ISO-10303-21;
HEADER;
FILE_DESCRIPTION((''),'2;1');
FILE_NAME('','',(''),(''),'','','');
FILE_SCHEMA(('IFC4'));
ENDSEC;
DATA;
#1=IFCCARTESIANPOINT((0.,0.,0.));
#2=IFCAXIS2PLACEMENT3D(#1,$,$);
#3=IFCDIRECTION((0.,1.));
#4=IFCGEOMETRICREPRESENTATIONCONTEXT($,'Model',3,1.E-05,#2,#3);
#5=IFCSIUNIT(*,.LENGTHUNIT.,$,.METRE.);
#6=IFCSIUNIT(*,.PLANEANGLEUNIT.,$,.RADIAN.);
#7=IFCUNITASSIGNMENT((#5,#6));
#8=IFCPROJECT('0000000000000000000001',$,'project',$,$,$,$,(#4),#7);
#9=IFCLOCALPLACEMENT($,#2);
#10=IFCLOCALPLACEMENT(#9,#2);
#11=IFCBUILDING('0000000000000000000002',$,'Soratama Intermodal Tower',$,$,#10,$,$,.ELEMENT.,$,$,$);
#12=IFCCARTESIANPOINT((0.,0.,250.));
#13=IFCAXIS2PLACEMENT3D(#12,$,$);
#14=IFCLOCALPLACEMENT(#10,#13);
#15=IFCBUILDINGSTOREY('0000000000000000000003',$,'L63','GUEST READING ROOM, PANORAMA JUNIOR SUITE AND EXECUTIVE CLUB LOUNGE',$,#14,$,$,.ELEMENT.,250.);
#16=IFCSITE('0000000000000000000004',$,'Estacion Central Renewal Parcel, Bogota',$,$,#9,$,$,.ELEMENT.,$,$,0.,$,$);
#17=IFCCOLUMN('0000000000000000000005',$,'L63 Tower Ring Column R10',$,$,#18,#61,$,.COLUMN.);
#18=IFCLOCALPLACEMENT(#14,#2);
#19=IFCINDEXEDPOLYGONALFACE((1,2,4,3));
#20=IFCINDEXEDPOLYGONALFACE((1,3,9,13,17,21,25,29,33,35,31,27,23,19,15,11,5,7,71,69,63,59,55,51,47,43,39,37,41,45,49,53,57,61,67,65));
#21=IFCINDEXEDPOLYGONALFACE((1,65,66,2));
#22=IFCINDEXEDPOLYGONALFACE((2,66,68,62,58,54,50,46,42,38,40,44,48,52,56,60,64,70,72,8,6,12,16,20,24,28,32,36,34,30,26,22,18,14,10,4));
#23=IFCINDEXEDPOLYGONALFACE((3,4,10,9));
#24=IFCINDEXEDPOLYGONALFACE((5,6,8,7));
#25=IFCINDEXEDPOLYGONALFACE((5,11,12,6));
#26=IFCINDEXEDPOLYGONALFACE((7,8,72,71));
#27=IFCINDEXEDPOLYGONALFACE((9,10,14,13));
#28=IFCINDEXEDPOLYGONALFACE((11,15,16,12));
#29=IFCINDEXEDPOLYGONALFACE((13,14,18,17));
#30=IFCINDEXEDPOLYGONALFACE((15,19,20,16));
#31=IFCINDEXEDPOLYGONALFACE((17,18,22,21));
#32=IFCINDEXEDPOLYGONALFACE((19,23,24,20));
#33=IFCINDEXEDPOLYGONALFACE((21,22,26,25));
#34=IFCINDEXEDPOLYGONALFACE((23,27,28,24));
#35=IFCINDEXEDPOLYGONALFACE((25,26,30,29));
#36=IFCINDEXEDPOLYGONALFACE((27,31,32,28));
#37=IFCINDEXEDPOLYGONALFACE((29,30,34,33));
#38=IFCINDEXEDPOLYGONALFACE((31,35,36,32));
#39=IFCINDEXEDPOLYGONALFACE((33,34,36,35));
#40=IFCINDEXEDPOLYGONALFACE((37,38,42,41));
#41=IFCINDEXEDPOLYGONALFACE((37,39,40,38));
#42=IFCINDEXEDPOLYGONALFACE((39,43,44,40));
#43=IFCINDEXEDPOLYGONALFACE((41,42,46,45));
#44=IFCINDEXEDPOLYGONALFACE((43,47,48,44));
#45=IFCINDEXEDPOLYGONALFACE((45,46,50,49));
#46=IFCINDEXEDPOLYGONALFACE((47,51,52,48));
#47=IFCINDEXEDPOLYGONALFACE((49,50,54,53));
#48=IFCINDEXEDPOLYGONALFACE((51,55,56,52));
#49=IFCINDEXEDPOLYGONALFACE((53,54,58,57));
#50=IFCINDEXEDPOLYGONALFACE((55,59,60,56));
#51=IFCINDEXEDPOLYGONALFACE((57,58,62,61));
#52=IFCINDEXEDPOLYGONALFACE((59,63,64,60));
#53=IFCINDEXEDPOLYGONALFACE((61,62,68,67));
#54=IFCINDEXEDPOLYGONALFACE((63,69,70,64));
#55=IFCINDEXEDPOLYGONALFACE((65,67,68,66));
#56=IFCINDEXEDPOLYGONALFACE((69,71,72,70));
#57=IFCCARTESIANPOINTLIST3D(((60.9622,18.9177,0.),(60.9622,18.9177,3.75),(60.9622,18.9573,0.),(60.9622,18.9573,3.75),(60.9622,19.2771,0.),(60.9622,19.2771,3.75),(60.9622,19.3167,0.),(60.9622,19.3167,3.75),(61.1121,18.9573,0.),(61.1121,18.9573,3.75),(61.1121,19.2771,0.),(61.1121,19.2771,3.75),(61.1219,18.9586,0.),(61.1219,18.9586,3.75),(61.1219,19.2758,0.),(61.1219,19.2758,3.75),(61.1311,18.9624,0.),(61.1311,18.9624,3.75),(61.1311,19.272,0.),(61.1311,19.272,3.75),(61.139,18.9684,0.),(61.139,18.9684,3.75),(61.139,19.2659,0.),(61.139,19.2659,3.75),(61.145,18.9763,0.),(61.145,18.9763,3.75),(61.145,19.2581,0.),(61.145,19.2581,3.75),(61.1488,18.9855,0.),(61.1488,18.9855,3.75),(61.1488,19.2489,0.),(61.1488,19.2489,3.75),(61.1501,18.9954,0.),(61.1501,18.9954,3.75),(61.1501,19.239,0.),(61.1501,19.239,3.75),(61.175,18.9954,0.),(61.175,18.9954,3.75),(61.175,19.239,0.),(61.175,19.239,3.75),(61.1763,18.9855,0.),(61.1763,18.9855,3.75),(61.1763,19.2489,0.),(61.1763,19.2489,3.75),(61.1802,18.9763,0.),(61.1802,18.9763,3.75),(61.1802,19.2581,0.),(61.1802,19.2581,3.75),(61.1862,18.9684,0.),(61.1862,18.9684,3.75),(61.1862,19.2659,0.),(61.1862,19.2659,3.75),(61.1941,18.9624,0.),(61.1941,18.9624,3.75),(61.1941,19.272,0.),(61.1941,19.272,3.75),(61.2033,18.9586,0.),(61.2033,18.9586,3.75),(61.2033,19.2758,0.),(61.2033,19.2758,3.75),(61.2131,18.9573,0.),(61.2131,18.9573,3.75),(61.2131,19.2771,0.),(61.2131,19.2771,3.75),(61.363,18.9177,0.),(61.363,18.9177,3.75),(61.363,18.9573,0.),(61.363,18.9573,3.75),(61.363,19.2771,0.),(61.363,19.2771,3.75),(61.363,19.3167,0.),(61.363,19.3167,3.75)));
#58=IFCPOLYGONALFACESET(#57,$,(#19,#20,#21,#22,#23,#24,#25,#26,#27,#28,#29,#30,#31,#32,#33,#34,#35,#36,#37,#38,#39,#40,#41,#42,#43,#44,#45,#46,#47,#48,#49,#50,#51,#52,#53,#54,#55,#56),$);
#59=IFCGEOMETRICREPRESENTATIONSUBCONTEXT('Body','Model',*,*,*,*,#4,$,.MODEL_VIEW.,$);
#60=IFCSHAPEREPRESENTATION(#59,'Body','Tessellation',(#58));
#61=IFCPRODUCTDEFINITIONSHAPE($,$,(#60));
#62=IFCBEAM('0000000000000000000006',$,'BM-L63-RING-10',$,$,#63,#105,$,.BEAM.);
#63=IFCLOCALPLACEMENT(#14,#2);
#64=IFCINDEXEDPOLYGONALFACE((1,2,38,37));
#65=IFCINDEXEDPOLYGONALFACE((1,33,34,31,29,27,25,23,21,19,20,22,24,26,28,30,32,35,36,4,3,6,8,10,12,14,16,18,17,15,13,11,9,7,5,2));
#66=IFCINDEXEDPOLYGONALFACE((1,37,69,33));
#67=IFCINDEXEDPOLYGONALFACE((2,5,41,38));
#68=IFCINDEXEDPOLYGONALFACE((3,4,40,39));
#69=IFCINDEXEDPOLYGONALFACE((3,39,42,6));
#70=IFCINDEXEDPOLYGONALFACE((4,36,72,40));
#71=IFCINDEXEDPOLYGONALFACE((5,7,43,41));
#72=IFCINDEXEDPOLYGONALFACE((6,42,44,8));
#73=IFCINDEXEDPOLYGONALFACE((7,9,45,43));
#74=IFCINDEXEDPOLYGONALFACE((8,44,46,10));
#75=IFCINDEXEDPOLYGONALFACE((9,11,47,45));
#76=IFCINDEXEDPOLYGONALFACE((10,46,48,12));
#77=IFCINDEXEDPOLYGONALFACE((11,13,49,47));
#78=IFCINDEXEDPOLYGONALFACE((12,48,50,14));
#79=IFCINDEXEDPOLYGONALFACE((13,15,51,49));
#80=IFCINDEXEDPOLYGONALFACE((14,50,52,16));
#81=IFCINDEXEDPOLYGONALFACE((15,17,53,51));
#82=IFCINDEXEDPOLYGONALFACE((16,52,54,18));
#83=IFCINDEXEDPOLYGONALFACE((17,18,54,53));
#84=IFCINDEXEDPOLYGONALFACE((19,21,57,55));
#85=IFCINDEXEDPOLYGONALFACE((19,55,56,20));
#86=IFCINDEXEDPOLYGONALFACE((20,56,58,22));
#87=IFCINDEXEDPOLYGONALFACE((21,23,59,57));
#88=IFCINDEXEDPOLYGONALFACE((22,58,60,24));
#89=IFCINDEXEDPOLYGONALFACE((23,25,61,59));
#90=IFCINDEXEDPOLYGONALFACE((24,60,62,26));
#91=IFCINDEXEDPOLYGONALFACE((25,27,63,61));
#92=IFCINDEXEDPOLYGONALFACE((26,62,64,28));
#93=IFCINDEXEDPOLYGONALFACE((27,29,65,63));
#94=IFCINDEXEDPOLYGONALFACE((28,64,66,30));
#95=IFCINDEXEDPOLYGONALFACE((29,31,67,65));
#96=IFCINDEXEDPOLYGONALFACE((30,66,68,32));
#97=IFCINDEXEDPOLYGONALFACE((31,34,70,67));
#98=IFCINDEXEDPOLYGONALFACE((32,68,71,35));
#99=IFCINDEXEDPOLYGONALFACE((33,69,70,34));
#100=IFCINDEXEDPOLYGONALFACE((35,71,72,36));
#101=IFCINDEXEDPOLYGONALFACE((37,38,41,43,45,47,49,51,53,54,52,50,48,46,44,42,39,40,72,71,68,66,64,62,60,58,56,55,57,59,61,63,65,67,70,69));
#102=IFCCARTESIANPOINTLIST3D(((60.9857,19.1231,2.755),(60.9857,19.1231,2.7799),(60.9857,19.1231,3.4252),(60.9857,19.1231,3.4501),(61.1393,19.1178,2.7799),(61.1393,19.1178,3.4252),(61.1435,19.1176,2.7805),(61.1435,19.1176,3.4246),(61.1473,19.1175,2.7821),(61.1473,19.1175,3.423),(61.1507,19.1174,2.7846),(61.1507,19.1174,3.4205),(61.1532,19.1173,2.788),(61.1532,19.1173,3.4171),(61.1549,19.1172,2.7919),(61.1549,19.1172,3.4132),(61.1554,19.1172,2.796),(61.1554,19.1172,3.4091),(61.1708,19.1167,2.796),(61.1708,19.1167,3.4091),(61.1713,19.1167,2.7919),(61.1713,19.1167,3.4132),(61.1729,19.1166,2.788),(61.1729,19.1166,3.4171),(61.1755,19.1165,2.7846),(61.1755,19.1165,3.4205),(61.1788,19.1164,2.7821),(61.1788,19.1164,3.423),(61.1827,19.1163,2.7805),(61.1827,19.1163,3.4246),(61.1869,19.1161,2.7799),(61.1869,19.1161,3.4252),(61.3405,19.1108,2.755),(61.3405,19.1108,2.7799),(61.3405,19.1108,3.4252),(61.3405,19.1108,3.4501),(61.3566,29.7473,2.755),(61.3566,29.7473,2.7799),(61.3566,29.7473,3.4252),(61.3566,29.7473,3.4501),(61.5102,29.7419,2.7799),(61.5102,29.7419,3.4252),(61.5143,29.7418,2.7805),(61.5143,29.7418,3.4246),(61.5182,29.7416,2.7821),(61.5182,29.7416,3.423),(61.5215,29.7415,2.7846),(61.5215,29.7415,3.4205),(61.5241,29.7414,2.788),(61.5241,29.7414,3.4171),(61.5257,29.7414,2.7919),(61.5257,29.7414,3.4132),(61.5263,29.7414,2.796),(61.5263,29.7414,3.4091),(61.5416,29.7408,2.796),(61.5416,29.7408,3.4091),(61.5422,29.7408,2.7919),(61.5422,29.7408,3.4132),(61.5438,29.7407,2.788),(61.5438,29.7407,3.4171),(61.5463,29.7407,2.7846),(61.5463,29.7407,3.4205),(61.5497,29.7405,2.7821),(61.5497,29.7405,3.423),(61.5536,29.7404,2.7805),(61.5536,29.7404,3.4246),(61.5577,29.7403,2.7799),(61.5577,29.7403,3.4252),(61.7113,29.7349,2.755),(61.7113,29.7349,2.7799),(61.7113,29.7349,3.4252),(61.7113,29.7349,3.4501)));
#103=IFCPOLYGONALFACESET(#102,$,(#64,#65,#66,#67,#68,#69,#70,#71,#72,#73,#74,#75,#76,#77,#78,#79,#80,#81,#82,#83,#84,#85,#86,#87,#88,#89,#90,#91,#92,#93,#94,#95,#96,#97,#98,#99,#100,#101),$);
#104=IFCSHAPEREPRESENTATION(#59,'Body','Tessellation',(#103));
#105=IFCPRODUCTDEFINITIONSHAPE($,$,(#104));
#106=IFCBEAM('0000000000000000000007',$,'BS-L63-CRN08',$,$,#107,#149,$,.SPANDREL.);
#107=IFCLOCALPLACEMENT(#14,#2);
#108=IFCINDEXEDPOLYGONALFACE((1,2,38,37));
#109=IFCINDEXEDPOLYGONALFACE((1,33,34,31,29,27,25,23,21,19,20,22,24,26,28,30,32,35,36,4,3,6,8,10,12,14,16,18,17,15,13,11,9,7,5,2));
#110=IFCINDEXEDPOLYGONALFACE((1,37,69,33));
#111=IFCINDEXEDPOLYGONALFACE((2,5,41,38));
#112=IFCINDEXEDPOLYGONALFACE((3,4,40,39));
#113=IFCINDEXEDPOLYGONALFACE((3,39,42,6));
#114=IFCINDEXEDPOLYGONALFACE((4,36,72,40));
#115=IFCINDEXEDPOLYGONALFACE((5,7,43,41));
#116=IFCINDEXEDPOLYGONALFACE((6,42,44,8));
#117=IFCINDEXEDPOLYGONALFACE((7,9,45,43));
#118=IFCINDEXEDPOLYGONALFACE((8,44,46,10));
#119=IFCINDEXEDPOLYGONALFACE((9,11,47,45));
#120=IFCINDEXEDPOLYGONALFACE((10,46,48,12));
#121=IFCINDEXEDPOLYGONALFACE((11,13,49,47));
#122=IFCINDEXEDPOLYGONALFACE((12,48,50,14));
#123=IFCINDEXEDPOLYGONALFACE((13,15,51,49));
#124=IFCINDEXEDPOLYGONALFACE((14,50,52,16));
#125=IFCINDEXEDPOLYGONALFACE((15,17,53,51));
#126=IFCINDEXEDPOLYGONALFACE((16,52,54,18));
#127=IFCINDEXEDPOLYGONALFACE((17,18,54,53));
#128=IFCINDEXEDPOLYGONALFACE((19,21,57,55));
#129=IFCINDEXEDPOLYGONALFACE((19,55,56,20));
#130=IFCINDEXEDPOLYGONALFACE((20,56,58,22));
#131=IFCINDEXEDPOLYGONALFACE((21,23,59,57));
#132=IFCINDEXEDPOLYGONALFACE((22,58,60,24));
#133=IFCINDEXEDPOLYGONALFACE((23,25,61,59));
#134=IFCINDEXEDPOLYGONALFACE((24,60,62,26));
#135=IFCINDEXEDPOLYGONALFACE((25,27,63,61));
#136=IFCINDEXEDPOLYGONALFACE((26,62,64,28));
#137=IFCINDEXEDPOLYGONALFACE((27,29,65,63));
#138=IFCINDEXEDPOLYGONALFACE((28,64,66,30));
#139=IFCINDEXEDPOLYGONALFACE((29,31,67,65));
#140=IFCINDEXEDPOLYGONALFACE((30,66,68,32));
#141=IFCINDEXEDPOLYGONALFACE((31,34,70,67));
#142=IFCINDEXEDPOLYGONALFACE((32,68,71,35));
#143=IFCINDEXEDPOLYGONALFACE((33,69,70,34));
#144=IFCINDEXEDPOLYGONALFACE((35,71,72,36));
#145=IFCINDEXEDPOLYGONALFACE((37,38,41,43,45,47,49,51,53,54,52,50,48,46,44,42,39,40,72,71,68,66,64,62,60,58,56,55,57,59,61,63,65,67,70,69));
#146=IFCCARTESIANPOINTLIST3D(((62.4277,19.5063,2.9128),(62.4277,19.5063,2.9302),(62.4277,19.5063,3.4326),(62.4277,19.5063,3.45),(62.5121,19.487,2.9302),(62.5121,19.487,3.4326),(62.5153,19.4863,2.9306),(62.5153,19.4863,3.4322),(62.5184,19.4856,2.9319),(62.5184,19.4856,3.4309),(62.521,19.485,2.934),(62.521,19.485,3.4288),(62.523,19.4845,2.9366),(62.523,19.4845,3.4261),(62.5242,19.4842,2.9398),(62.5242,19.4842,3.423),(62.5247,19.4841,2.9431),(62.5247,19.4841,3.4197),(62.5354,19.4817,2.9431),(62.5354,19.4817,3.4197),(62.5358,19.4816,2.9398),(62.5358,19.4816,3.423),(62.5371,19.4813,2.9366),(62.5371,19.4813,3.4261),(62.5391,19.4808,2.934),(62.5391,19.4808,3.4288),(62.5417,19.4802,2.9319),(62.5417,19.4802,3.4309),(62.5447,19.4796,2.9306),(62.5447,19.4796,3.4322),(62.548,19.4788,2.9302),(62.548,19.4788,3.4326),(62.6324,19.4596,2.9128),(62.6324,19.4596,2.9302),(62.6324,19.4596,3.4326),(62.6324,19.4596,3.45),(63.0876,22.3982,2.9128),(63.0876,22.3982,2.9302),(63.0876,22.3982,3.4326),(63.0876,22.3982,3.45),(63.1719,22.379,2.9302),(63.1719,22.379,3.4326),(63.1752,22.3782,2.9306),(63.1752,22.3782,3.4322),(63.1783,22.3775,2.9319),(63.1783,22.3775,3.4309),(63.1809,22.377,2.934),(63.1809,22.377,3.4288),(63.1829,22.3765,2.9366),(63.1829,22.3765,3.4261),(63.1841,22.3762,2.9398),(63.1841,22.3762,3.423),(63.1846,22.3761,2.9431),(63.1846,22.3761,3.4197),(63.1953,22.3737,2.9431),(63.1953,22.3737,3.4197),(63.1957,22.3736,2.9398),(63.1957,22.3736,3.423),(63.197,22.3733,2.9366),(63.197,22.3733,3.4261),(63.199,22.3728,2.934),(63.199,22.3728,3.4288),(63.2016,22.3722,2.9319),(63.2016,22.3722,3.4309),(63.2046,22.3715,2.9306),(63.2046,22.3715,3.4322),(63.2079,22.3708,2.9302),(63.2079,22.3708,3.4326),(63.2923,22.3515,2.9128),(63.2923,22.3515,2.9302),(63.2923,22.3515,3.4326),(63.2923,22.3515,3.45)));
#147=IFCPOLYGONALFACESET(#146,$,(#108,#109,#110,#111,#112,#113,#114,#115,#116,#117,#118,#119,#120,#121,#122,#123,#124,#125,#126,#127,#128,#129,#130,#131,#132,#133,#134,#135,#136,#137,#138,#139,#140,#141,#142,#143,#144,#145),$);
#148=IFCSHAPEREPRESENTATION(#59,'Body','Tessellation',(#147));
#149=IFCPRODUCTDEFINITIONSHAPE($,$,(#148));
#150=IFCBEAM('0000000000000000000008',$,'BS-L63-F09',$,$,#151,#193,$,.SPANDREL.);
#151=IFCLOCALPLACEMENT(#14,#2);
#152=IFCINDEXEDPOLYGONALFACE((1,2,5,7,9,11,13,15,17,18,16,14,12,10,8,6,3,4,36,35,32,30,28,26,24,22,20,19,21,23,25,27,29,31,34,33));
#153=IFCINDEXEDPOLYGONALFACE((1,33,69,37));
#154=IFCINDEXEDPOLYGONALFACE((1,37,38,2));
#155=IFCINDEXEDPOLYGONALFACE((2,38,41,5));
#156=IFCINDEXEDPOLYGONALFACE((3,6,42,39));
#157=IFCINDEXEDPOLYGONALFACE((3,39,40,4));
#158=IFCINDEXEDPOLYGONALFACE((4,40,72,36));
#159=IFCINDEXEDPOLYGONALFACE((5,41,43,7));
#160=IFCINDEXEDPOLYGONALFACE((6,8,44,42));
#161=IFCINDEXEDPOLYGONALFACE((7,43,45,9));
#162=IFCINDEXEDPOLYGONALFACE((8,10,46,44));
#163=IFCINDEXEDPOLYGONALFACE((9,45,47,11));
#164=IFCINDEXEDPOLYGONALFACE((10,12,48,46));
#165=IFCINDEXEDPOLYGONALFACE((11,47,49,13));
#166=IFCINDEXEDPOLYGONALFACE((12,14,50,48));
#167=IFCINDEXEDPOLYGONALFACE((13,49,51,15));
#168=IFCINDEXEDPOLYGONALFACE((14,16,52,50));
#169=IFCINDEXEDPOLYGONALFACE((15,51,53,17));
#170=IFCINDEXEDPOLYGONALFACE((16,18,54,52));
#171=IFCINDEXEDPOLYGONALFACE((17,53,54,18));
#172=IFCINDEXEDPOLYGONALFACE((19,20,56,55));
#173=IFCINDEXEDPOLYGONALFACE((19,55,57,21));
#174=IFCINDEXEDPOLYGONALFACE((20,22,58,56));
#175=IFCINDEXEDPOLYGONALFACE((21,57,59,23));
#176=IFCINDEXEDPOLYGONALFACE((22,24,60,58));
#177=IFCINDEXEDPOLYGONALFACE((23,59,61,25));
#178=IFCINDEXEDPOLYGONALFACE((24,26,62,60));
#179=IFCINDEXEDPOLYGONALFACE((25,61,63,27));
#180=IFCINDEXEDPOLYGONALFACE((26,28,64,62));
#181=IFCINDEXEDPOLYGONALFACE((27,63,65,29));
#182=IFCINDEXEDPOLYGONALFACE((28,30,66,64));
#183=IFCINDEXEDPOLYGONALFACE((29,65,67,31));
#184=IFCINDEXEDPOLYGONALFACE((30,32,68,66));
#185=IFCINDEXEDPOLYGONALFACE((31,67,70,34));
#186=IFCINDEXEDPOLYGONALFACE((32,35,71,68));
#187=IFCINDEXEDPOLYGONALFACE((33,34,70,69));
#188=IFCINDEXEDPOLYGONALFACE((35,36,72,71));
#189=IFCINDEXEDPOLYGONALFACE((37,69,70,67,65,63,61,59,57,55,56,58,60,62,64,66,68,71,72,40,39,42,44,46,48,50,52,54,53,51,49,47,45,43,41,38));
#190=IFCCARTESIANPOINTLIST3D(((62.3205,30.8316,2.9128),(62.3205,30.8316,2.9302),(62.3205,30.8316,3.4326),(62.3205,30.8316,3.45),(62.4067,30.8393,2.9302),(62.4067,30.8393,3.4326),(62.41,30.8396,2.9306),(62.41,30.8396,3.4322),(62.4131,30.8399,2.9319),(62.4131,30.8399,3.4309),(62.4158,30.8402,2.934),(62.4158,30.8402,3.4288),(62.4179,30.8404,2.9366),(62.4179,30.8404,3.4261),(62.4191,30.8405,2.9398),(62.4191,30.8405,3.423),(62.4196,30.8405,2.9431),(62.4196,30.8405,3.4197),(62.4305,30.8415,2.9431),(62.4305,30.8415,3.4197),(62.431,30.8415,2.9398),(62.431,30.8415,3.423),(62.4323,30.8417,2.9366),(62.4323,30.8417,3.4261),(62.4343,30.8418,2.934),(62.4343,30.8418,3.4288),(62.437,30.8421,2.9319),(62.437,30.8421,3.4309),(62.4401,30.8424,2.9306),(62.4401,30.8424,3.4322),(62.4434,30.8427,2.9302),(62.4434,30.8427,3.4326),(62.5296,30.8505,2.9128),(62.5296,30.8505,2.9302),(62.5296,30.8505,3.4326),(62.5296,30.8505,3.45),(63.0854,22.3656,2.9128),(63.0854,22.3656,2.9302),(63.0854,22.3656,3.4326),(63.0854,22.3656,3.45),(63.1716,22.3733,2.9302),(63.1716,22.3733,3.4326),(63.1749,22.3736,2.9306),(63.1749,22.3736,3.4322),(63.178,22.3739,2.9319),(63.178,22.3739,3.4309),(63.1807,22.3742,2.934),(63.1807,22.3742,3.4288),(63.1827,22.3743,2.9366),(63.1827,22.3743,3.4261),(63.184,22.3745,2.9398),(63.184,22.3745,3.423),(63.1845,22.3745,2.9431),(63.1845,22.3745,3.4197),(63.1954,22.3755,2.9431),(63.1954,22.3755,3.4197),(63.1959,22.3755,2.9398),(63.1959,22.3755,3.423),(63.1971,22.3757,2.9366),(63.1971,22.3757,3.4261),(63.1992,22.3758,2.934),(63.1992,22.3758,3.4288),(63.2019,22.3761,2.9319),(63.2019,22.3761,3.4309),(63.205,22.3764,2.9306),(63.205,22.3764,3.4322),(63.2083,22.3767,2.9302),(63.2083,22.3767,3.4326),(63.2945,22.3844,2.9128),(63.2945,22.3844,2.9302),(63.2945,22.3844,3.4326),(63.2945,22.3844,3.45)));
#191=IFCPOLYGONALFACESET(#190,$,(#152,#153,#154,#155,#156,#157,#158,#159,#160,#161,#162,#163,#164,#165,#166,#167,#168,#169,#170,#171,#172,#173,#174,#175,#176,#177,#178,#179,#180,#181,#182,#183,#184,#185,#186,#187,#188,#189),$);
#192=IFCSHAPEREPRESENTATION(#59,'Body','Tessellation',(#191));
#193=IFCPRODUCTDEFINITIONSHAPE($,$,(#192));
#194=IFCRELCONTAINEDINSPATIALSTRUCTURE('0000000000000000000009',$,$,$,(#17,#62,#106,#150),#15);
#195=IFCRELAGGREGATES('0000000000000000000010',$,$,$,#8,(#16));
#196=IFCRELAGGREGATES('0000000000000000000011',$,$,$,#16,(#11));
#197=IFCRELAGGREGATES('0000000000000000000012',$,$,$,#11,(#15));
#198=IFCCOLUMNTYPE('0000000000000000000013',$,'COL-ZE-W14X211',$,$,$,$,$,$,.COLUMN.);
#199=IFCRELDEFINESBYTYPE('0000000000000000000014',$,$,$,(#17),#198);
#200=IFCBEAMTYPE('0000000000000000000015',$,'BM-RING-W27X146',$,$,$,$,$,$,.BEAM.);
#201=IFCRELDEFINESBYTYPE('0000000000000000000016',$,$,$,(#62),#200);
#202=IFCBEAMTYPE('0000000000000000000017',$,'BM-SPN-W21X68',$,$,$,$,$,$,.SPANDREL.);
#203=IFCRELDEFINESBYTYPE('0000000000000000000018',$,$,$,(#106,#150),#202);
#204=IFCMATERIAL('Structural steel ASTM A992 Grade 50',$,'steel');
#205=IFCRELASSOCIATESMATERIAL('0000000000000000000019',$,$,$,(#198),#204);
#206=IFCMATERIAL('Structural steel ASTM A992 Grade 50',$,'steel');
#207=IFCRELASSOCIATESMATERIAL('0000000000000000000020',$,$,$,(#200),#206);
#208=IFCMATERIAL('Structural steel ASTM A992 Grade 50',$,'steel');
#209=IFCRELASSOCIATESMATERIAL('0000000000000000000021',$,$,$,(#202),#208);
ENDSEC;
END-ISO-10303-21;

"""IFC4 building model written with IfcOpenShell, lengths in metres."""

from ifc_helpers import new_model, si_unit, direction, frame, origin, origin_2d, place, context, subcontext, project, spatial, i_section, extrude, material, material_profile, profile_set, type_object, element, save


model = new_model("IFC4")

# Units and contexts
model_context = context("Model", 3, precision=1e-05, world=origin(), true_north=direction((0.0, 1.0)))
body_context = subcontext(model_context, "Body", "Model", "MODEL_VIEW")
ifc_project = project(units=[si_unit("LENGTHUNIT", "METRE"), si_unit("PLANEANGLEUNIT", "RADIAN")], contexts=[model_context])

# Site, building, storey
site_placement = place(None, origin())
site = spatial("IfcSite", under=ifc_project, at=site_placement, Name="Estacion Central Renewal Parcel, Bogota", CompositionType="ELEMENT", RefElevation=0.0)
building_placement = place(site_placement, origin())
building = spatial("IfcBuilding", under=site, at=building_placement, Name="Soratama Intermodal Tower", CompositionType="ELEMENT")
storey_placement = place(building_placement, frame((0.0, 0.0, 250.0)))
storey = spatial("IfcBuildingStorey", under=building, at=storey_placement, Name="L63", Description="GUEST READING ROOM, PANORAMA JUNIOR SUITE AND EXECUTIVE CLUB LOUNGE", CompositionType="ELEMENT", Elevation=250.0)

# Column
ifc_material_1 = material(Name="Structural steel ASTM A992 Grade 50", Category="steel")
ifc_material_profile_1 = material_profile(ifc_material_1, i_section(OverallWidth=0.4009, OverallDepth=0.3989, WebThickness=0.0249, FlangeThickness=0.0396, FilletRadius=0.0381, at=origin_2d()), Name="W14X211")
ifc_profile_set_1 = profile_set([ifc_material_profile_1], Name="Structural steel ASTM A992 Grade 50")
column_type = type_object("IfcColumnType", Name="COL-ZE-W14X211", PredefinedType="COLUMN", material=ifc_profile_set_1)
column_placement = place(storey_placement, frame((61.1626, 19.1172, 0.0), z_axis=(0.0, 0.0, 1.0), x_axis=(1.0, 0.0, 0.0)))
element("IfcColumn", 1, at=column_placement, inside=storey, type_object=column_type, Name="L63 Tower Ring Column R10", PredefinedType="COLUMN", context=body_context, shape_type="SweptSolid", body=[
    extrude(i_section(OverallWidth=0.4009, OverallDepth=0.3989, WebThickness=0.0249, FlangeThickness=0.0396, FilletRadius=0.0381, at=origin_2d()), origin(), (0.0, 0.0, 1.0), 3.75),
])

# Beams
ifc_material_2 = material(Name="Structural steel ASTM A992 Grade 50", Category="steel")
ifc_material_profile_2 = material_profile(ifc_material_2, i_section(OverallWidth=0.355, OverallDepth=0.6951, WebThickness=0.0154, FlangeThickness=0.0249, FilletRadius=0.0161, at=origin_2d()), Name="W27X146")
ifc_profile_set_2 = profile_set([ifc_material_profile_2], Name="Structural steel ASTM A992 Grade 50")
beam_type_1 = type_object("IfcBeamType", Name="BM-RING-W27X146", PredefinedType="BEAM", material=ifc_profile_set_2)
beam_1_placement = place(storey_placement, frame((61.1631, 19.1169, 3.1025), z_axis=(0.034885, 0.999391, 0.0), x_axis=(-0.999391, 0.034885, 0.0)))
element("IfcBeam", 2, at=beam_1_placement, inside=storey, type_object=beam_type_1, Name="BM-L63-RING-10", PredefinedType="BEAM", context=body_context, shape_type="SweptSolid", body=[
    extrude(i_section(OverallWidth=0.355, OverallDepth=0.6951, WebThickness=0.0154, FlangeThickness=0.0249, FilletRadius=0.0161, at=origin_2d()), origin(), (0.0, 0.0, 1.0), 10.6306),
])
ifc_material_3 = material(Name="Structural steel ASTM A992 Grade 50", Category="steel")
ifc_material_profile_3 = material_profile(ifc_material_3, i_section(OverallWidth=0.21, OverallDepth=0.5371, WebThickness=0.011, FlangeThickness=0.0173, FilletRadius=0.0129, at=origin_2d()), Name="W21X68")
ifc_profile_set_3 = profile_set([ifc_material_profile_3], Name="Structural steel ASTM A992 Grade 50")
beam_type_2 = type_object("IfcBeamType", Name="BM-SPN-W21X68", PredefinedType="SPANDREL", material=ifc_profile_set_3)
beam_2_placement = place(storey_placement, frame((62.53, 19.4829, 3.1814), z_axis=(0.222461, 0.974942, 0.0), x_axis=(-0.974942, 0.222461, 0.0)))
element("IfcBeam", 3, at=beam_2_placement, inside=storey, type_object=beam_type_2, Name="BS-L63-CRN08", PredefinedType="SPANDREL", context=body_context, shape_type="SweptSolid", body=[
    extrude(i_section(OverallWidth=0.21, OverallDepth=0.5371, WebThickness=0.011, FlangeThickness=0.0173, FilletRadius=0.0129, at=origin_2d()), origin(), (0.0, 0.0, 1.0), 2.9663),
])
beam_3_placement = place(storey_placement, frame((63.1899, 22.375, 3.1814), z_axis=(-0.089982, 0.995943, 0.0), x_axis=(-0.995943, -0.089982, 0.0)))
element("IfcBeam", 4, at=beam_3_placement, inside=storey, type_object=beam_type_2, Name="BS-L63-F09", PredefinedType="SPANDREL", context=body_context, shape_type="SweptSolid", body=[
    extrude(i_section(OverallWidth=0.21, OverallDepth=0.5371, WebThickness=0.011, FlangeThickness=0.0173, FilletRadius=0.0129, at=origin_2d()), origin(), (0.0, 0.0, 1.0), 8.5005),
])

save(model, "model.ifc")
